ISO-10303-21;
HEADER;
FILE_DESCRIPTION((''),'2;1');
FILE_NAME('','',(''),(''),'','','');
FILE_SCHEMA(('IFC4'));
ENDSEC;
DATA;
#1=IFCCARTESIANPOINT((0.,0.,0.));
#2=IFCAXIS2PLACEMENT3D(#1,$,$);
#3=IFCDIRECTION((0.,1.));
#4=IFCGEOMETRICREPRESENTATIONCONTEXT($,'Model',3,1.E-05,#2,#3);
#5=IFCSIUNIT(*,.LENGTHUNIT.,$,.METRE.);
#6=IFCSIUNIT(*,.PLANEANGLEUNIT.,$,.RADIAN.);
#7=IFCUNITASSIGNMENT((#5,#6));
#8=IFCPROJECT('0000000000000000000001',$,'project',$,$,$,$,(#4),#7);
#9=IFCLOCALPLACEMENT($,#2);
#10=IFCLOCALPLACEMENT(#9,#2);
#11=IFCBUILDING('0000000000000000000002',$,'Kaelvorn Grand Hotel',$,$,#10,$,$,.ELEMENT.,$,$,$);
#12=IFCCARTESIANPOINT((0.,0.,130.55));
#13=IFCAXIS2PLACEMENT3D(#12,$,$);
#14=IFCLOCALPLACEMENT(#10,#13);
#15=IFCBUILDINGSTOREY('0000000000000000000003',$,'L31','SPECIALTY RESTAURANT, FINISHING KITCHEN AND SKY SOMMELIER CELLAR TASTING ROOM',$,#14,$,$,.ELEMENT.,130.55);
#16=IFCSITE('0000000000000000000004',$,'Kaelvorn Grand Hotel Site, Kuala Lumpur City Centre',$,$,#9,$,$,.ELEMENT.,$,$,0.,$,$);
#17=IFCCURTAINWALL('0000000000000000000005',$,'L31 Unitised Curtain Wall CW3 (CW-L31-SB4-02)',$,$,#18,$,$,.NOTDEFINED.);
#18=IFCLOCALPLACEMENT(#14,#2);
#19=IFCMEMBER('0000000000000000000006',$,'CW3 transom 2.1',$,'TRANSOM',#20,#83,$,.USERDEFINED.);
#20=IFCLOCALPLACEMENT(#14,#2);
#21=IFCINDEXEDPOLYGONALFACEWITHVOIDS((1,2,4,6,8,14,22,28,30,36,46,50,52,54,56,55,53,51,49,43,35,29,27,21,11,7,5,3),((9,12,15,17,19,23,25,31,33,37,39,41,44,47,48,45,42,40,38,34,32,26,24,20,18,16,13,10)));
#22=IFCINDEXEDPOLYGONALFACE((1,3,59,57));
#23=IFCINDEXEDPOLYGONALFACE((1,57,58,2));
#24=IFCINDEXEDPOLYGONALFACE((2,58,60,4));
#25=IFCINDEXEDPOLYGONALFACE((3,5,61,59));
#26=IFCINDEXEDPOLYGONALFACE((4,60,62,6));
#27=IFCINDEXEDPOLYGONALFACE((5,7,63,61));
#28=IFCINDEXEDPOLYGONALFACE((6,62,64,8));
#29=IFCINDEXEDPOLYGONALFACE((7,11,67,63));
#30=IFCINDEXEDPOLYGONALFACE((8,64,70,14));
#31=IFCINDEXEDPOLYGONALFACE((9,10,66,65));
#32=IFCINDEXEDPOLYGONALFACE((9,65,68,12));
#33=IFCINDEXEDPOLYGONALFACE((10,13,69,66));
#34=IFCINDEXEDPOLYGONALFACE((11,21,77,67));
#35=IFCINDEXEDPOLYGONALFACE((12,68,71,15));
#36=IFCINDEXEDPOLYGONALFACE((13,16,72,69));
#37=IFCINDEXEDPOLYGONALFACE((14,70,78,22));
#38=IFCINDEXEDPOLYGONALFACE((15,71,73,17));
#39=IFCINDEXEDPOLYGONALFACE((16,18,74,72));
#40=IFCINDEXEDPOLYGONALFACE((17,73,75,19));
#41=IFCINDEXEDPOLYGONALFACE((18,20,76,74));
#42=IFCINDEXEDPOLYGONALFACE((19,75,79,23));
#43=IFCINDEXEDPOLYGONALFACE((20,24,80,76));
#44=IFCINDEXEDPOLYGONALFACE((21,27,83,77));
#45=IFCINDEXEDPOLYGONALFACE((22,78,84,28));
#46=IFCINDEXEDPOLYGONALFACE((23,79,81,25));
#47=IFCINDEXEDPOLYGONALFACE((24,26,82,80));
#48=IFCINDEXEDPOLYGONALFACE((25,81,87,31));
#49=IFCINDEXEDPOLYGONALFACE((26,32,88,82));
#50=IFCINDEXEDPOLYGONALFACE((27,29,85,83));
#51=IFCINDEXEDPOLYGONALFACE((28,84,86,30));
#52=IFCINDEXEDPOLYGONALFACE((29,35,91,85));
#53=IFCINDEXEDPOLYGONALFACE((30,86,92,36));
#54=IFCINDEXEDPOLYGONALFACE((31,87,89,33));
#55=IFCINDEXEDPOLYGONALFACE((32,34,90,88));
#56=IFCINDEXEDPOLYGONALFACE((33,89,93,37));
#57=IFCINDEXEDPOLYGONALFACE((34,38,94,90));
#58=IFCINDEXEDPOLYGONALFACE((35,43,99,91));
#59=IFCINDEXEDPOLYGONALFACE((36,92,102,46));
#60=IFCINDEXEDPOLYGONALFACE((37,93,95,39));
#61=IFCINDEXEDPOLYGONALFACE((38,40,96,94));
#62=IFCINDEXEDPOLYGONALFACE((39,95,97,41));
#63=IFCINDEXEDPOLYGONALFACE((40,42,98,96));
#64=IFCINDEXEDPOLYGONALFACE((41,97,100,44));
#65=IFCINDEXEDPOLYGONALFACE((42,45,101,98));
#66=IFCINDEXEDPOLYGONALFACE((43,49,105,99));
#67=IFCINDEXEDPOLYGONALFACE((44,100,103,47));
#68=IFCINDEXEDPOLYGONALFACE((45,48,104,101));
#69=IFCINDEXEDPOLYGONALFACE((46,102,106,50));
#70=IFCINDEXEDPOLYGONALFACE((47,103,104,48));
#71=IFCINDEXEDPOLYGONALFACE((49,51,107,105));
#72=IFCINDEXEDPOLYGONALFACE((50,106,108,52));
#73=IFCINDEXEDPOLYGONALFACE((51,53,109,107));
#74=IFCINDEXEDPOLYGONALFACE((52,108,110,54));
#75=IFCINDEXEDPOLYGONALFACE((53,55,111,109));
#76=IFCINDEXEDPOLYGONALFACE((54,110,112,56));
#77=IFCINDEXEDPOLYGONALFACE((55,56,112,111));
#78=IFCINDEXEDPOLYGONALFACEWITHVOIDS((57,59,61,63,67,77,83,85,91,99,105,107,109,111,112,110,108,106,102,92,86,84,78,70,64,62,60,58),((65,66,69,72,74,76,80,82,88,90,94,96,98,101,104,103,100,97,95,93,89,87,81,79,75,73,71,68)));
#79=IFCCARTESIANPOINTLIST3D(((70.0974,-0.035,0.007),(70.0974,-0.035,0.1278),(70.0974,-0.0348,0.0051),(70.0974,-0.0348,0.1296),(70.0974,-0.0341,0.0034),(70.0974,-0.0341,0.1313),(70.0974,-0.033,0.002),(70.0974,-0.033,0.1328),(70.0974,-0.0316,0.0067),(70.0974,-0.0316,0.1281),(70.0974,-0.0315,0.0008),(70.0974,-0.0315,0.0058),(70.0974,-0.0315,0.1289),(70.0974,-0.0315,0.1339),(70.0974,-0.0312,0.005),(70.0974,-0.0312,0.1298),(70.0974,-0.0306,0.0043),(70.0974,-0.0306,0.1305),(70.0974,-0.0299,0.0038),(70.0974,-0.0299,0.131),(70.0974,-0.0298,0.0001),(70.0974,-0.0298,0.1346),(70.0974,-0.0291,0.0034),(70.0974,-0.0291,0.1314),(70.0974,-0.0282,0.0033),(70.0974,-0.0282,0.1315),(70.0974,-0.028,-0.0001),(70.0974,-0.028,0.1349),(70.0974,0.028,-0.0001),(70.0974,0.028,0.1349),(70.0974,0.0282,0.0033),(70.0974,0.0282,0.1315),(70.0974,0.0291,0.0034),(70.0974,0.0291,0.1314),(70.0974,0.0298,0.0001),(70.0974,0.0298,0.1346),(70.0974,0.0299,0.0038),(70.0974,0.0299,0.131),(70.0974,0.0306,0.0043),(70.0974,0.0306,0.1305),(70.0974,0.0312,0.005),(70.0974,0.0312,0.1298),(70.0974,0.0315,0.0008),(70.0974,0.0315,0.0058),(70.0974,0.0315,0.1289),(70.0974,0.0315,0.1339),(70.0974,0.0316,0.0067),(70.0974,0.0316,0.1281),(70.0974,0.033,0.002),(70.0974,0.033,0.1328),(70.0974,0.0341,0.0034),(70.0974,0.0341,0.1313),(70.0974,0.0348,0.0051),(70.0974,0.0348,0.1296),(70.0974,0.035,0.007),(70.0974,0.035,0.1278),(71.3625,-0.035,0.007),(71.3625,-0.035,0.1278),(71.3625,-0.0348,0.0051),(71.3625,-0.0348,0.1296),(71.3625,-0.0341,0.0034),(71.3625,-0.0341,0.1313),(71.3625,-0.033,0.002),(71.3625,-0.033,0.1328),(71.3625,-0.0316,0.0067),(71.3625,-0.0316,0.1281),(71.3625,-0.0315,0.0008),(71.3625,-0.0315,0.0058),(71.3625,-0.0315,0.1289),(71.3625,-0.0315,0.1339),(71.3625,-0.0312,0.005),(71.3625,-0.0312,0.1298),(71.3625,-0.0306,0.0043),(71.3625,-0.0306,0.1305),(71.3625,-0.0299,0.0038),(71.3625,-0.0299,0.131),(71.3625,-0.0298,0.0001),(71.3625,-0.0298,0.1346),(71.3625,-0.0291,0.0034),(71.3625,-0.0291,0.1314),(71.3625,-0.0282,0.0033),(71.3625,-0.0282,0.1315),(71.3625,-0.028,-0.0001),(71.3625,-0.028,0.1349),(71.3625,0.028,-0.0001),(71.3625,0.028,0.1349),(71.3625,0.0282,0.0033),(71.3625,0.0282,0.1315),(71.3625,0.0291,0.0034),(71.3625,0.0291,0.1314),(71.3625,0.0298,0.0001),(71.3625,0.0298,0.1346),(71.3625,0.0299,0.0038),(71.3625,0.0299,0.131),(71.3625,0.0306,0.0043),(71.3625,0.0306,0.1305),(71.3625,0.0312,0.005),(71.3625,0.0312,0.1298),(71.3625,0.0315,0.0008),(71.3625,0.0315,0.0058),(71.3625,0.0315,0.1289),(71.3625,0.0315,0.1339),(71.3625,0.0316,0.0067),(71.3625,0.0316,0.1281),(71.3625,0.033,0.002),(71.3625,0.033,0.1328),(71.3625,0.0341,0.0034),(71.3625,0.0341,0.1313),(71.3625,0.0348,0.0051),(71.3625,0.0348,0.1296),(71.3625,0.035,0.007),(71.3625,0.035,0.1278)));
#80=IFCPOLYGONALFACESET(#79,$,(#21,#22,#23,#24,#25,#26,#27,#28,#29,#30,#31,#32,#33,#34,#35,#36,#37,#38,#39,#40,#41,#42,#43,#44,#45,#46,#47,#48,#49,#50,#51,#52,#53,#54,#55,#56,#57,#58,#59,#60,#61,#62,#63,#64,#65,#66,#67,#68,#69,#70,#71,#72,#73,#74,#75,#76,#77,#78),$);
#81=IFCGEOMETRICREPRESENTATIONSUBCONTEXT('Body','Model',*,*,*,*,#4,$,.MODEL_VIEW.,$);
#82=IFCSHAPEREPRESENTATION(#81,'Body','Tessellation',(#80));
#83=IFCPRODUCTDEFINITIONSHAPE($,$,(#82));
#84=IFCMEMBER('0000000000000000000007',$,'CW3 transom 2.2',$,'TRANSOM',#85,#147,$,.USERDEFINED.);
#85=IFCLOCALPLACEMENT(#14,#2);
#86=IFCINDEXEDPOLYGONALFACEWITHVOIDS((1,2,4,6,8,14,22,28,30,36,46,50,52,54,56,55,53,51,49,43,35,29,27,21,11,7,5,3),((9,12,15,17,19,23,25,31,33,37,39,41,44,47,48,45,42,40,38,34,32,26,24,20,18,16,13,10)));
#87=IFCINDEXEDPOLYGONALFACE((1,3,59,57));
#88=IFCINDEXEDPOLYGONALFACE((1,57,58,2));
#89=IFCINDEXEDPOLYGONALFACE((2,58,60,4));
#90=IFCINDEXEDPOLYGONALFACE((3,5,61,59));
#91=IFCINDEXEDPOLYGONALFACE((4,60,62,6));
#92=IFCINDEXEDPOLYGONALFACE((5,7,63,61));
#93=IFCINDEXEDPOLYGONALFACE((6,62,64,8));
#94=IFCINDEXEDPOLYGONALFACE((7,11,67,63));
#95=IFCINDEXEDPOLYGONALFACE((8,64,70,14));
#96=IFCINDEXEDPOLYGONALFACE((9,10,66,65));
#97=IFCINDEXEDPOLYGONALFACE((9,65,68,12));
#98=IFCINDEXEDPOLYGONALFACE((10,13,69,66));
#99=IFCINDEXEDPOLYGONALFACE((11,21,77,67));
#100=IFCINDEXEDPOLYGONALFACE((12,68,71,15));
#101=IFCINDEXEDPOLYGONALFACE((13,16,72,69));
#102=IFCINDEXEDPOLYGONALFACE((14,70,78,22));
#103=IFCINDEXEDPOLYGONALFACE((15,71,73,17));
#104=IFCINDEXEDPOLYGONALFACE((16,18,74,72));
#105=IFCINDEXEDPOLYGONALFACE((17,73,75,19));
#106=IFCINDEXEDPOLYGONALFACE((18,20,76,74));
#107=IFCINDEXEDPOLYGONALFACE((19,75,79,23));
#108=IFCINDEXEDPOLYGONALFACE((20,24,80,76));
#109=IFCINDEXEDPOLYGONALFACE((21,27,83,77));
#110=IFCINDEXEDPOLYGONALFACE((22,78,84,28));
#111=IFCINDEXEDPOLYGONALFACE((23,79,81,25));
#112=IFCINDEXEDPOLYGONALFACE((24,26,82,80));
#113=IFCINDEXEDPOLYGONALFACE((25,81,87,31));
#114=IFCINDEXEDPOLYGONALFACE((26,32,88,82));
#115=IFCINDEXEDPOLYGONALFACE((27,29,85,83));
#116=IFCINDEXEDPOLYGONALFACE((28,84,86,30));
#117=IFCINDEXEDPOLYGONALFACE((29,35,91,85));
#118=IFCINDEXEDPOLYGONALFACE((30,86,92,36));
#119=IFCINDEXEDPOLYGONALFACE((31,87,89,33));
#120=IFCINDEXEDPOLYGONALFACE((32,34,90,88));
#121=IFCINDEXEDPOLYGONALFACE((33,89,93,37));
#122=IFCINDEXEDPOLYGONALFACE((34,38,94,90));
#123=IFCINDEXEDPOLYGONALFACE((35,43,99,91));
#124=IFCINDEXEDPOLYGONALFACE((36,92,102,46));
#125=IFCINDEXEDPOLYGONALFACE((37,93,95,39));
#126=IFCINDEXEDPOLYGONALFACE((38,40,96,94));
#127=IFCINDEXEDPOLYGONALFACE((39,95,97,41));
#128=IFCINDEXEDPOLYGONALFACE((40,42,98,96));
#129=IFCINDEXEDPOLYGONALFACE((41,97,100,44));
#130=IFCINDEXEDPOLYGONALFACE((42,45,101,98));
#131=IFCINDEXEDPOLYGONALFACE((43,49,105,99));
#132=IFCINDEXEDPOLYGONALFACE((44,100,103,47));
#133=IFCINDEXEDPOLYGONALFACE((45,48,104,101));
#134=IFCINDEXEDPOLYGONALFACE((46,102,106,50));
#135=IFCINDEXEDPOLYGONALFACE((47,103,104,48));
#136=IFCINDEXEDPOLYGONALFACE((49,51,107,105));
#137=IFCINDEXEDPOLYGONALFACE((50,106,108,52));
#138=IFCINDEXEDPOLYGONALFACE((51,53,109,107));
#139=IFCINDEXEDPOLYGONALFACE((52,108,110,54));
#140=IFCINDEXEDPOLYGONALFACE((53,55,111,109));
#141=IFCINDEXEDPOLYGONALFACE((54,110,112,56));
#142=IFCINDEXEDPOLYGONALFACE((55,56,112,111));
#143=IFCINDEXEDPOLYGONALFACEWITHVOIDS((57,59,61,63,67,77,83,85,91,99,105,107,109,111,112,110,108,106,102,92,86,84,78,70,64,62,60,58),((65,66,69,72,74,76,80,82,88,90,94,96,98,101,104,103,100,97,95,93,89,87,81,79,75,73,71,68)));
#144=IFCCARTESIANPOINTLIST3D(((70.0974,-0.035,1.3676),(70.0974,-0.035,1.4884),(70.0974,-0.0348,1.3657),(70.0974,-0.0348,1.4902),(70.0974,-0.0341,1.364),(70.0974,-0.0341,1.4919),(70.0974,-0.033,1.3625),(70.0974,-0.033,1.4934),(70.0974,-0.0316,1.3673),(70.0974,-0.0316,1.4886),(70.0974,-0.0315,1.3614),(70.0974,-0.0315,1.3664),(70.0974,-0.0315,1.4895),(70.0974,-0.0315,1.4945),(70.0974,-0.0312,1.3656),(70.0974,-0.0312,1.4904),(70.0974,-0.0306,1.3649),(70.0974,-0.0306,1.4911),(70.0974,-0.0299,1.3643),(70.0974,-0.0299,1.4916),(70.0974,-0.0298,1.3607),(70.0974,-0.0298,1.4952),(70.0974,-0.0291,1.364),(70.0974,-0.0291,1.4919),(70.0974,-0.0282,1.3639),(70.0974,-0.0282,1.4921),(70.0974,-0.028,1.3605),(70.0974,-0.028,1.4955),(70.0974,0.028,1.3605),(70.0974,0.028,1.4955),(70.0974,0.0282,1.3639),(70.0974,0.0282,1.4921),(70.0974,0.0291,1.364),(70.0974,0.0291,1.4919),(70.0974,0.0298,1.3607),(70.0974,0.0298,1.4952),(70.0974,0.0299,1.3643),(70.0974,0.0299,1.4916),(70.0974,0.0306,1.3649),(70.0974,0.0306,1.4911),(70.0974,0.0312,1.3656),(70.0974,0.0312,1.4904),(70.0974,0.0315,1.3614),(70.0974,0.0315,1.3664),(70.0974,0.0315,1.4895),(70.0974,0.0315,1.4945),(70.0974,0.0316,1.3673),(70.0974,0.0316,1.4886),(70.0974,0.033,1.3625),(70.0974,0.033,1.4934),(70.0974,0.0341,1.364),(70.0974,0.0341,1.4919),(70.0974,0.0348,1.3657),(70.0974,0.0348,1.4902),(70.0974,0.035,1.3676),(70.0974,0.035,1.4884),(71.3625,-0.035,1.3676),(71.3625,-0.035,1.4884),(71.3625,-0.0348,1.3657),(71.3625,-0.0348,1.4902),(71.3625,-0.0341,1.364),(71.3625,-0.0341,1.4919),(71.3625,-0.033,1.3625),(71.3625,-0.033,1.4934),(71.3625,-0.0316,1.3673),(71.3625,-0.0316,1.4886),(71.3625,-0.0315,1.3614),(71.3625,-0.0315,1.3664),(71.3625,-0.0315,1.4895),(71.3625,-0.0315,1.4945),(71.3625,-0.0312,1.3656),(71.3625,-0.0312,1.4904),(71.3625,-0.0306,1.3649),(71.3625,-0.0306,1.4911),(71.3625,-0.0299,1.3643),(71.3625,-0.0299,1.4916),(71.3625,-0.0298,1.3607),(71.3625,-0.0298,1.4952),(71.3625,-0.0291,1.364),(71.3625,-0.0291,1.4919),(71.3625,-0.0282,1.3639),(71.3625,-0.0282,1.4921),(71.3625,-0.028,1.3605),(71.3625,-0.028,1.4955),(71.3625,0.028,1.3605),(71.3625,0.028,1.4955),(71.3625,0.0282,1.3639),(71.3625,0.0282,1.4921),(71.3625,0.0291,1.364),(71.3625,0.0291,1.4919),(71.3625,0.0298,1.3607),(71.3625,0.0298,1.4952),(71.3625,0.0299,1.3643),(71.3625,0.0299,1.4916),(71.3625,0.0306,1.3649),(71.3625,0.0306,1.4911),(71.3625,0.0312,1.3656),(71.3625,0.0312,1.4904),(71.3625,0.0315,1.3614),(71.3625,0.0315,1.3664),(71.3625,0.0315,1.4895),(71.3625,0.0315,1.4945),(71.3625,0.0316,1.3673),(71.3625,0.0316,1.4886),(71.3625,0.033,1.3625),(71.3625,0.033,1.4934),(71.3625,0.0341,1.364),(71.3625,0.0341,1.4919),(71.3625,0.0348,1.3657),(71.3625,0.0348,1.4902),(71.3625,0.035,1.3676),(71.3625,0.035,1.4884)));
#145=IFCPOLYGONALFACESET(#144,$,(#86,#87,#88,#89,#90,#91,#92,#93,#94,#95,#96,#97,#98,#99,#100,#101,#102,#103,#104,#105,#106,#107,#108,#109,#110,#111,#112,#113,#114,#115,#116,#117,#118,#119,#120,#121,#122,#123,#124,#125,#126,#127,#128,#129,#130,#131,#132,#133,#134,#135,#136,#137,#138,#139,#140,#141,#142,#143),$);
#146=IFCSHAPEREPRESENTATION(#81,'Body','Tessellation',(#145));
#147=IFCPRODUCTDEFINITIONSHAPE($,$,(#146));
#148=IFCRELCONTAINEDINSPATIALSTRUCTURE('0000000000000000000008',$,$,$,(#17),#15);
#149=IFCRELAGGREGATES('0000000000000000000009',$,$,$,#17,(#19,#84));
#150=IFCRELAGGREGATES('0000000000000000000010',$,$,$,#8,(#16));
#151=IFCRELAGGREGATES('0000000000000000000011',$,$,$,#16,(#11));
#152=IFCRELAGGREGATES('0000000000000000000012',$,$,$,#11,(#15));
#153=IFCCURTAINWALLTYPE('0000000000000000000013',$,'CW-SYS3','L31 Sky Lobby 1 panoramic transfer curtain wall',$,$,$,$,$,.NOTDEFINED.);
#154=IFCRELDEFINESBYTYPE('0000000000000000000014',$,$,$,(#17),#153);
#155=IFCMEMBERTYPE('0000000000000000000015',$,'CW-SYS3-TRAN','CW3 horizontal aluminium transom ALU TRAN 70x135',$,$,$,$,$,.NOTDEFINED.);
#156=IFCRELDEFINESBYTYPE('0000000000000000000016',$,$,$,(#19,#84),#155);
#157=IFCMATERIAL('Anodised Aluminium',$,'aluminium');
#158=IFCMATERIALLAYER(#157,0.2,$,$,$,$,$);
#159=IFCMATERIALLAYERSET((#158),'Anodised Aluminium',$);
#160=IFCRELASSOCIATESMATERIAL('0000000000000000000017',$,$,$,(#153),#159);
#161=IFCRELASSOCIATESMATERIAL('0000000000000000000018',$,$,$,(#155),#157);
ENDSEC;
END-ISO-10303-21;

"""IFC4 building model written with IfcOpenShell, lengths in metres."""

from ifc_helpers import new_model, si_unit, direction, frame, origin, origin_2d, place, context, subcontext, project, spatial, hollow_rectangle, extrude, material, layer, layer_set, material_profile, profile_set, type_object, element, aggregate, save


model = new_model("IFC4")

# Units and contexts
model_context = context("Model", 3, precision=1e-05, world=origin(), true_north=direction((0.0, 1.0)))
body_context = subcontext(model_context, "Body", "Model", "MODEL_VIEW")
ifc_project = project(units=[si_unit("LENGTHUNIT", "METRE"), si_unit("PLANEANGLEUNIT", "RADIAN")], contexts=[model_context])

# Site, building, storey
site_placement = place(None, origin())
site = spatial("IfcSite", under=ifc_project, at=site_placement, Name="Kaelvorn Grand Hotel Site, Kuala Lumpur City Centre", CompositionType="ELEMENT", RefElevation=0.0)
building_placement = place(site_placement, origin())
building = spatial("IfcBuilding", under=site, at=building_placement, Name="Kaelvorn Grand Hotel", CompositionType="ELEMENT")
storey_placement = place(building_placement, frame((0.0, 0.0, 130.55)))
storey = spatial("IfcBuildingStorey", under=building, at=storey_placement, Name="L31", Description="SPECIALTY RESTAURANT, FINISHING KITCHEN AND SKY SOMMELIER CELLAR TASTING ROOM", CompositionType="ELEMENT", Elevation=130.55)

# Curtain wall, members
ifc_material_1 = material(Name="Anodised Aluminium", Category="aluminium")
ifc_layer_1 = layer(ifc_material_1, 0.2)
ifc_layer_set_1 = layer_set([ifc_layer_1], Name="Anodised Aluminium")
curtain_wall_type = type_object("IfcCurtainWallType", Name="CW-SYS3", Description="L31 Sky Lobby 1 panoramic transfer curtain wall", PredefinedType="NOTDEFINED", material=ifc_layer_set_1)
curtain_wall_placement = place(storey_placement, origin())
curtain_wall = element("IfcCurtainWall", 1, at=curtain_wall_placement, inside=storey, type_object=curtain_wall_type, Name="L31 Unitised Curtain Wall CW3 (CW-L31-SB4-02)", PredefinedType="NOTDEFINED")
ifc_material_profile_1 = material_profile(ifc_material_1, hollow_rectangle(XDim=0.0701, YDim=0.135, WallThickness=0.0034, InnerFilletRadius=0.0034, OuterFilletRadius=0.0071, at=origin_2d()), Name="ALU TRAN 70x135")
ifc_profile_set_1 = profile_set([ifc_material_profile_1], Name="Anodised Aluminium")
member_type_1 = type_object("IfcMemberType", Name="CW-SYS3-TRAN", Description="CW3 horizontal aluminium transom ALU TRAN 70x135", PredefinedType="NOTDEFINED", material=ifc_profile_set_1)
member_1_placement = place(storey_placement, frame((70.0974, 0.0, 0.0674), z_axis=(1.0, 0.0, 0.0), x_axis=(0.0, 1.0, 0.0)))
member_1 = element("IfcMember", 2, at=member_1_placement, type_object=member_type_1, Name="CW3 transom 2.1", ObjectType="TRANSOM", PredefinedType="USERDEFINED", context=body_context, shape_type="SweptSolid", body=[
    extrude(hollow_rectangle(XDim=0.0701, YDim=0.135, WallThickness=0.0034, InnerFilletRadius=0.0034, OuterFilletRadius=0.0071, at=origin_2d()), origin(), (0.0, 0.0, 1.0), 1.2651),
])
member_2_placement = place(storey_placement, frame((70.0974, 0.0, 1.428), z_axis=(1.0, 0.0, 0.0), x_axis=(0.0, 1.0, 0.0)))
member_2 = element("IfcMember", 3, at=member_2_placement, type_object=member_type_1, Name="CW3 transom 2.2", ObjectType="TRANSOM", PredefinedType="USERDEFINED", context=body_context, shape_type="SweptSolid", body=[
    extrude(hollow_rectangle(XDim=0.0701, YDim=0.135, WallThickness=0.0034, InnerFilletRadius=0.0034, OuterFilletRadius=0.0071, at=origin_2d()), origin(), (0.0, 0.0, 1.0), 1.2651),
])
aggregate(curtain_wall, [member_1, member_2])

save(model, "model.ifc")
